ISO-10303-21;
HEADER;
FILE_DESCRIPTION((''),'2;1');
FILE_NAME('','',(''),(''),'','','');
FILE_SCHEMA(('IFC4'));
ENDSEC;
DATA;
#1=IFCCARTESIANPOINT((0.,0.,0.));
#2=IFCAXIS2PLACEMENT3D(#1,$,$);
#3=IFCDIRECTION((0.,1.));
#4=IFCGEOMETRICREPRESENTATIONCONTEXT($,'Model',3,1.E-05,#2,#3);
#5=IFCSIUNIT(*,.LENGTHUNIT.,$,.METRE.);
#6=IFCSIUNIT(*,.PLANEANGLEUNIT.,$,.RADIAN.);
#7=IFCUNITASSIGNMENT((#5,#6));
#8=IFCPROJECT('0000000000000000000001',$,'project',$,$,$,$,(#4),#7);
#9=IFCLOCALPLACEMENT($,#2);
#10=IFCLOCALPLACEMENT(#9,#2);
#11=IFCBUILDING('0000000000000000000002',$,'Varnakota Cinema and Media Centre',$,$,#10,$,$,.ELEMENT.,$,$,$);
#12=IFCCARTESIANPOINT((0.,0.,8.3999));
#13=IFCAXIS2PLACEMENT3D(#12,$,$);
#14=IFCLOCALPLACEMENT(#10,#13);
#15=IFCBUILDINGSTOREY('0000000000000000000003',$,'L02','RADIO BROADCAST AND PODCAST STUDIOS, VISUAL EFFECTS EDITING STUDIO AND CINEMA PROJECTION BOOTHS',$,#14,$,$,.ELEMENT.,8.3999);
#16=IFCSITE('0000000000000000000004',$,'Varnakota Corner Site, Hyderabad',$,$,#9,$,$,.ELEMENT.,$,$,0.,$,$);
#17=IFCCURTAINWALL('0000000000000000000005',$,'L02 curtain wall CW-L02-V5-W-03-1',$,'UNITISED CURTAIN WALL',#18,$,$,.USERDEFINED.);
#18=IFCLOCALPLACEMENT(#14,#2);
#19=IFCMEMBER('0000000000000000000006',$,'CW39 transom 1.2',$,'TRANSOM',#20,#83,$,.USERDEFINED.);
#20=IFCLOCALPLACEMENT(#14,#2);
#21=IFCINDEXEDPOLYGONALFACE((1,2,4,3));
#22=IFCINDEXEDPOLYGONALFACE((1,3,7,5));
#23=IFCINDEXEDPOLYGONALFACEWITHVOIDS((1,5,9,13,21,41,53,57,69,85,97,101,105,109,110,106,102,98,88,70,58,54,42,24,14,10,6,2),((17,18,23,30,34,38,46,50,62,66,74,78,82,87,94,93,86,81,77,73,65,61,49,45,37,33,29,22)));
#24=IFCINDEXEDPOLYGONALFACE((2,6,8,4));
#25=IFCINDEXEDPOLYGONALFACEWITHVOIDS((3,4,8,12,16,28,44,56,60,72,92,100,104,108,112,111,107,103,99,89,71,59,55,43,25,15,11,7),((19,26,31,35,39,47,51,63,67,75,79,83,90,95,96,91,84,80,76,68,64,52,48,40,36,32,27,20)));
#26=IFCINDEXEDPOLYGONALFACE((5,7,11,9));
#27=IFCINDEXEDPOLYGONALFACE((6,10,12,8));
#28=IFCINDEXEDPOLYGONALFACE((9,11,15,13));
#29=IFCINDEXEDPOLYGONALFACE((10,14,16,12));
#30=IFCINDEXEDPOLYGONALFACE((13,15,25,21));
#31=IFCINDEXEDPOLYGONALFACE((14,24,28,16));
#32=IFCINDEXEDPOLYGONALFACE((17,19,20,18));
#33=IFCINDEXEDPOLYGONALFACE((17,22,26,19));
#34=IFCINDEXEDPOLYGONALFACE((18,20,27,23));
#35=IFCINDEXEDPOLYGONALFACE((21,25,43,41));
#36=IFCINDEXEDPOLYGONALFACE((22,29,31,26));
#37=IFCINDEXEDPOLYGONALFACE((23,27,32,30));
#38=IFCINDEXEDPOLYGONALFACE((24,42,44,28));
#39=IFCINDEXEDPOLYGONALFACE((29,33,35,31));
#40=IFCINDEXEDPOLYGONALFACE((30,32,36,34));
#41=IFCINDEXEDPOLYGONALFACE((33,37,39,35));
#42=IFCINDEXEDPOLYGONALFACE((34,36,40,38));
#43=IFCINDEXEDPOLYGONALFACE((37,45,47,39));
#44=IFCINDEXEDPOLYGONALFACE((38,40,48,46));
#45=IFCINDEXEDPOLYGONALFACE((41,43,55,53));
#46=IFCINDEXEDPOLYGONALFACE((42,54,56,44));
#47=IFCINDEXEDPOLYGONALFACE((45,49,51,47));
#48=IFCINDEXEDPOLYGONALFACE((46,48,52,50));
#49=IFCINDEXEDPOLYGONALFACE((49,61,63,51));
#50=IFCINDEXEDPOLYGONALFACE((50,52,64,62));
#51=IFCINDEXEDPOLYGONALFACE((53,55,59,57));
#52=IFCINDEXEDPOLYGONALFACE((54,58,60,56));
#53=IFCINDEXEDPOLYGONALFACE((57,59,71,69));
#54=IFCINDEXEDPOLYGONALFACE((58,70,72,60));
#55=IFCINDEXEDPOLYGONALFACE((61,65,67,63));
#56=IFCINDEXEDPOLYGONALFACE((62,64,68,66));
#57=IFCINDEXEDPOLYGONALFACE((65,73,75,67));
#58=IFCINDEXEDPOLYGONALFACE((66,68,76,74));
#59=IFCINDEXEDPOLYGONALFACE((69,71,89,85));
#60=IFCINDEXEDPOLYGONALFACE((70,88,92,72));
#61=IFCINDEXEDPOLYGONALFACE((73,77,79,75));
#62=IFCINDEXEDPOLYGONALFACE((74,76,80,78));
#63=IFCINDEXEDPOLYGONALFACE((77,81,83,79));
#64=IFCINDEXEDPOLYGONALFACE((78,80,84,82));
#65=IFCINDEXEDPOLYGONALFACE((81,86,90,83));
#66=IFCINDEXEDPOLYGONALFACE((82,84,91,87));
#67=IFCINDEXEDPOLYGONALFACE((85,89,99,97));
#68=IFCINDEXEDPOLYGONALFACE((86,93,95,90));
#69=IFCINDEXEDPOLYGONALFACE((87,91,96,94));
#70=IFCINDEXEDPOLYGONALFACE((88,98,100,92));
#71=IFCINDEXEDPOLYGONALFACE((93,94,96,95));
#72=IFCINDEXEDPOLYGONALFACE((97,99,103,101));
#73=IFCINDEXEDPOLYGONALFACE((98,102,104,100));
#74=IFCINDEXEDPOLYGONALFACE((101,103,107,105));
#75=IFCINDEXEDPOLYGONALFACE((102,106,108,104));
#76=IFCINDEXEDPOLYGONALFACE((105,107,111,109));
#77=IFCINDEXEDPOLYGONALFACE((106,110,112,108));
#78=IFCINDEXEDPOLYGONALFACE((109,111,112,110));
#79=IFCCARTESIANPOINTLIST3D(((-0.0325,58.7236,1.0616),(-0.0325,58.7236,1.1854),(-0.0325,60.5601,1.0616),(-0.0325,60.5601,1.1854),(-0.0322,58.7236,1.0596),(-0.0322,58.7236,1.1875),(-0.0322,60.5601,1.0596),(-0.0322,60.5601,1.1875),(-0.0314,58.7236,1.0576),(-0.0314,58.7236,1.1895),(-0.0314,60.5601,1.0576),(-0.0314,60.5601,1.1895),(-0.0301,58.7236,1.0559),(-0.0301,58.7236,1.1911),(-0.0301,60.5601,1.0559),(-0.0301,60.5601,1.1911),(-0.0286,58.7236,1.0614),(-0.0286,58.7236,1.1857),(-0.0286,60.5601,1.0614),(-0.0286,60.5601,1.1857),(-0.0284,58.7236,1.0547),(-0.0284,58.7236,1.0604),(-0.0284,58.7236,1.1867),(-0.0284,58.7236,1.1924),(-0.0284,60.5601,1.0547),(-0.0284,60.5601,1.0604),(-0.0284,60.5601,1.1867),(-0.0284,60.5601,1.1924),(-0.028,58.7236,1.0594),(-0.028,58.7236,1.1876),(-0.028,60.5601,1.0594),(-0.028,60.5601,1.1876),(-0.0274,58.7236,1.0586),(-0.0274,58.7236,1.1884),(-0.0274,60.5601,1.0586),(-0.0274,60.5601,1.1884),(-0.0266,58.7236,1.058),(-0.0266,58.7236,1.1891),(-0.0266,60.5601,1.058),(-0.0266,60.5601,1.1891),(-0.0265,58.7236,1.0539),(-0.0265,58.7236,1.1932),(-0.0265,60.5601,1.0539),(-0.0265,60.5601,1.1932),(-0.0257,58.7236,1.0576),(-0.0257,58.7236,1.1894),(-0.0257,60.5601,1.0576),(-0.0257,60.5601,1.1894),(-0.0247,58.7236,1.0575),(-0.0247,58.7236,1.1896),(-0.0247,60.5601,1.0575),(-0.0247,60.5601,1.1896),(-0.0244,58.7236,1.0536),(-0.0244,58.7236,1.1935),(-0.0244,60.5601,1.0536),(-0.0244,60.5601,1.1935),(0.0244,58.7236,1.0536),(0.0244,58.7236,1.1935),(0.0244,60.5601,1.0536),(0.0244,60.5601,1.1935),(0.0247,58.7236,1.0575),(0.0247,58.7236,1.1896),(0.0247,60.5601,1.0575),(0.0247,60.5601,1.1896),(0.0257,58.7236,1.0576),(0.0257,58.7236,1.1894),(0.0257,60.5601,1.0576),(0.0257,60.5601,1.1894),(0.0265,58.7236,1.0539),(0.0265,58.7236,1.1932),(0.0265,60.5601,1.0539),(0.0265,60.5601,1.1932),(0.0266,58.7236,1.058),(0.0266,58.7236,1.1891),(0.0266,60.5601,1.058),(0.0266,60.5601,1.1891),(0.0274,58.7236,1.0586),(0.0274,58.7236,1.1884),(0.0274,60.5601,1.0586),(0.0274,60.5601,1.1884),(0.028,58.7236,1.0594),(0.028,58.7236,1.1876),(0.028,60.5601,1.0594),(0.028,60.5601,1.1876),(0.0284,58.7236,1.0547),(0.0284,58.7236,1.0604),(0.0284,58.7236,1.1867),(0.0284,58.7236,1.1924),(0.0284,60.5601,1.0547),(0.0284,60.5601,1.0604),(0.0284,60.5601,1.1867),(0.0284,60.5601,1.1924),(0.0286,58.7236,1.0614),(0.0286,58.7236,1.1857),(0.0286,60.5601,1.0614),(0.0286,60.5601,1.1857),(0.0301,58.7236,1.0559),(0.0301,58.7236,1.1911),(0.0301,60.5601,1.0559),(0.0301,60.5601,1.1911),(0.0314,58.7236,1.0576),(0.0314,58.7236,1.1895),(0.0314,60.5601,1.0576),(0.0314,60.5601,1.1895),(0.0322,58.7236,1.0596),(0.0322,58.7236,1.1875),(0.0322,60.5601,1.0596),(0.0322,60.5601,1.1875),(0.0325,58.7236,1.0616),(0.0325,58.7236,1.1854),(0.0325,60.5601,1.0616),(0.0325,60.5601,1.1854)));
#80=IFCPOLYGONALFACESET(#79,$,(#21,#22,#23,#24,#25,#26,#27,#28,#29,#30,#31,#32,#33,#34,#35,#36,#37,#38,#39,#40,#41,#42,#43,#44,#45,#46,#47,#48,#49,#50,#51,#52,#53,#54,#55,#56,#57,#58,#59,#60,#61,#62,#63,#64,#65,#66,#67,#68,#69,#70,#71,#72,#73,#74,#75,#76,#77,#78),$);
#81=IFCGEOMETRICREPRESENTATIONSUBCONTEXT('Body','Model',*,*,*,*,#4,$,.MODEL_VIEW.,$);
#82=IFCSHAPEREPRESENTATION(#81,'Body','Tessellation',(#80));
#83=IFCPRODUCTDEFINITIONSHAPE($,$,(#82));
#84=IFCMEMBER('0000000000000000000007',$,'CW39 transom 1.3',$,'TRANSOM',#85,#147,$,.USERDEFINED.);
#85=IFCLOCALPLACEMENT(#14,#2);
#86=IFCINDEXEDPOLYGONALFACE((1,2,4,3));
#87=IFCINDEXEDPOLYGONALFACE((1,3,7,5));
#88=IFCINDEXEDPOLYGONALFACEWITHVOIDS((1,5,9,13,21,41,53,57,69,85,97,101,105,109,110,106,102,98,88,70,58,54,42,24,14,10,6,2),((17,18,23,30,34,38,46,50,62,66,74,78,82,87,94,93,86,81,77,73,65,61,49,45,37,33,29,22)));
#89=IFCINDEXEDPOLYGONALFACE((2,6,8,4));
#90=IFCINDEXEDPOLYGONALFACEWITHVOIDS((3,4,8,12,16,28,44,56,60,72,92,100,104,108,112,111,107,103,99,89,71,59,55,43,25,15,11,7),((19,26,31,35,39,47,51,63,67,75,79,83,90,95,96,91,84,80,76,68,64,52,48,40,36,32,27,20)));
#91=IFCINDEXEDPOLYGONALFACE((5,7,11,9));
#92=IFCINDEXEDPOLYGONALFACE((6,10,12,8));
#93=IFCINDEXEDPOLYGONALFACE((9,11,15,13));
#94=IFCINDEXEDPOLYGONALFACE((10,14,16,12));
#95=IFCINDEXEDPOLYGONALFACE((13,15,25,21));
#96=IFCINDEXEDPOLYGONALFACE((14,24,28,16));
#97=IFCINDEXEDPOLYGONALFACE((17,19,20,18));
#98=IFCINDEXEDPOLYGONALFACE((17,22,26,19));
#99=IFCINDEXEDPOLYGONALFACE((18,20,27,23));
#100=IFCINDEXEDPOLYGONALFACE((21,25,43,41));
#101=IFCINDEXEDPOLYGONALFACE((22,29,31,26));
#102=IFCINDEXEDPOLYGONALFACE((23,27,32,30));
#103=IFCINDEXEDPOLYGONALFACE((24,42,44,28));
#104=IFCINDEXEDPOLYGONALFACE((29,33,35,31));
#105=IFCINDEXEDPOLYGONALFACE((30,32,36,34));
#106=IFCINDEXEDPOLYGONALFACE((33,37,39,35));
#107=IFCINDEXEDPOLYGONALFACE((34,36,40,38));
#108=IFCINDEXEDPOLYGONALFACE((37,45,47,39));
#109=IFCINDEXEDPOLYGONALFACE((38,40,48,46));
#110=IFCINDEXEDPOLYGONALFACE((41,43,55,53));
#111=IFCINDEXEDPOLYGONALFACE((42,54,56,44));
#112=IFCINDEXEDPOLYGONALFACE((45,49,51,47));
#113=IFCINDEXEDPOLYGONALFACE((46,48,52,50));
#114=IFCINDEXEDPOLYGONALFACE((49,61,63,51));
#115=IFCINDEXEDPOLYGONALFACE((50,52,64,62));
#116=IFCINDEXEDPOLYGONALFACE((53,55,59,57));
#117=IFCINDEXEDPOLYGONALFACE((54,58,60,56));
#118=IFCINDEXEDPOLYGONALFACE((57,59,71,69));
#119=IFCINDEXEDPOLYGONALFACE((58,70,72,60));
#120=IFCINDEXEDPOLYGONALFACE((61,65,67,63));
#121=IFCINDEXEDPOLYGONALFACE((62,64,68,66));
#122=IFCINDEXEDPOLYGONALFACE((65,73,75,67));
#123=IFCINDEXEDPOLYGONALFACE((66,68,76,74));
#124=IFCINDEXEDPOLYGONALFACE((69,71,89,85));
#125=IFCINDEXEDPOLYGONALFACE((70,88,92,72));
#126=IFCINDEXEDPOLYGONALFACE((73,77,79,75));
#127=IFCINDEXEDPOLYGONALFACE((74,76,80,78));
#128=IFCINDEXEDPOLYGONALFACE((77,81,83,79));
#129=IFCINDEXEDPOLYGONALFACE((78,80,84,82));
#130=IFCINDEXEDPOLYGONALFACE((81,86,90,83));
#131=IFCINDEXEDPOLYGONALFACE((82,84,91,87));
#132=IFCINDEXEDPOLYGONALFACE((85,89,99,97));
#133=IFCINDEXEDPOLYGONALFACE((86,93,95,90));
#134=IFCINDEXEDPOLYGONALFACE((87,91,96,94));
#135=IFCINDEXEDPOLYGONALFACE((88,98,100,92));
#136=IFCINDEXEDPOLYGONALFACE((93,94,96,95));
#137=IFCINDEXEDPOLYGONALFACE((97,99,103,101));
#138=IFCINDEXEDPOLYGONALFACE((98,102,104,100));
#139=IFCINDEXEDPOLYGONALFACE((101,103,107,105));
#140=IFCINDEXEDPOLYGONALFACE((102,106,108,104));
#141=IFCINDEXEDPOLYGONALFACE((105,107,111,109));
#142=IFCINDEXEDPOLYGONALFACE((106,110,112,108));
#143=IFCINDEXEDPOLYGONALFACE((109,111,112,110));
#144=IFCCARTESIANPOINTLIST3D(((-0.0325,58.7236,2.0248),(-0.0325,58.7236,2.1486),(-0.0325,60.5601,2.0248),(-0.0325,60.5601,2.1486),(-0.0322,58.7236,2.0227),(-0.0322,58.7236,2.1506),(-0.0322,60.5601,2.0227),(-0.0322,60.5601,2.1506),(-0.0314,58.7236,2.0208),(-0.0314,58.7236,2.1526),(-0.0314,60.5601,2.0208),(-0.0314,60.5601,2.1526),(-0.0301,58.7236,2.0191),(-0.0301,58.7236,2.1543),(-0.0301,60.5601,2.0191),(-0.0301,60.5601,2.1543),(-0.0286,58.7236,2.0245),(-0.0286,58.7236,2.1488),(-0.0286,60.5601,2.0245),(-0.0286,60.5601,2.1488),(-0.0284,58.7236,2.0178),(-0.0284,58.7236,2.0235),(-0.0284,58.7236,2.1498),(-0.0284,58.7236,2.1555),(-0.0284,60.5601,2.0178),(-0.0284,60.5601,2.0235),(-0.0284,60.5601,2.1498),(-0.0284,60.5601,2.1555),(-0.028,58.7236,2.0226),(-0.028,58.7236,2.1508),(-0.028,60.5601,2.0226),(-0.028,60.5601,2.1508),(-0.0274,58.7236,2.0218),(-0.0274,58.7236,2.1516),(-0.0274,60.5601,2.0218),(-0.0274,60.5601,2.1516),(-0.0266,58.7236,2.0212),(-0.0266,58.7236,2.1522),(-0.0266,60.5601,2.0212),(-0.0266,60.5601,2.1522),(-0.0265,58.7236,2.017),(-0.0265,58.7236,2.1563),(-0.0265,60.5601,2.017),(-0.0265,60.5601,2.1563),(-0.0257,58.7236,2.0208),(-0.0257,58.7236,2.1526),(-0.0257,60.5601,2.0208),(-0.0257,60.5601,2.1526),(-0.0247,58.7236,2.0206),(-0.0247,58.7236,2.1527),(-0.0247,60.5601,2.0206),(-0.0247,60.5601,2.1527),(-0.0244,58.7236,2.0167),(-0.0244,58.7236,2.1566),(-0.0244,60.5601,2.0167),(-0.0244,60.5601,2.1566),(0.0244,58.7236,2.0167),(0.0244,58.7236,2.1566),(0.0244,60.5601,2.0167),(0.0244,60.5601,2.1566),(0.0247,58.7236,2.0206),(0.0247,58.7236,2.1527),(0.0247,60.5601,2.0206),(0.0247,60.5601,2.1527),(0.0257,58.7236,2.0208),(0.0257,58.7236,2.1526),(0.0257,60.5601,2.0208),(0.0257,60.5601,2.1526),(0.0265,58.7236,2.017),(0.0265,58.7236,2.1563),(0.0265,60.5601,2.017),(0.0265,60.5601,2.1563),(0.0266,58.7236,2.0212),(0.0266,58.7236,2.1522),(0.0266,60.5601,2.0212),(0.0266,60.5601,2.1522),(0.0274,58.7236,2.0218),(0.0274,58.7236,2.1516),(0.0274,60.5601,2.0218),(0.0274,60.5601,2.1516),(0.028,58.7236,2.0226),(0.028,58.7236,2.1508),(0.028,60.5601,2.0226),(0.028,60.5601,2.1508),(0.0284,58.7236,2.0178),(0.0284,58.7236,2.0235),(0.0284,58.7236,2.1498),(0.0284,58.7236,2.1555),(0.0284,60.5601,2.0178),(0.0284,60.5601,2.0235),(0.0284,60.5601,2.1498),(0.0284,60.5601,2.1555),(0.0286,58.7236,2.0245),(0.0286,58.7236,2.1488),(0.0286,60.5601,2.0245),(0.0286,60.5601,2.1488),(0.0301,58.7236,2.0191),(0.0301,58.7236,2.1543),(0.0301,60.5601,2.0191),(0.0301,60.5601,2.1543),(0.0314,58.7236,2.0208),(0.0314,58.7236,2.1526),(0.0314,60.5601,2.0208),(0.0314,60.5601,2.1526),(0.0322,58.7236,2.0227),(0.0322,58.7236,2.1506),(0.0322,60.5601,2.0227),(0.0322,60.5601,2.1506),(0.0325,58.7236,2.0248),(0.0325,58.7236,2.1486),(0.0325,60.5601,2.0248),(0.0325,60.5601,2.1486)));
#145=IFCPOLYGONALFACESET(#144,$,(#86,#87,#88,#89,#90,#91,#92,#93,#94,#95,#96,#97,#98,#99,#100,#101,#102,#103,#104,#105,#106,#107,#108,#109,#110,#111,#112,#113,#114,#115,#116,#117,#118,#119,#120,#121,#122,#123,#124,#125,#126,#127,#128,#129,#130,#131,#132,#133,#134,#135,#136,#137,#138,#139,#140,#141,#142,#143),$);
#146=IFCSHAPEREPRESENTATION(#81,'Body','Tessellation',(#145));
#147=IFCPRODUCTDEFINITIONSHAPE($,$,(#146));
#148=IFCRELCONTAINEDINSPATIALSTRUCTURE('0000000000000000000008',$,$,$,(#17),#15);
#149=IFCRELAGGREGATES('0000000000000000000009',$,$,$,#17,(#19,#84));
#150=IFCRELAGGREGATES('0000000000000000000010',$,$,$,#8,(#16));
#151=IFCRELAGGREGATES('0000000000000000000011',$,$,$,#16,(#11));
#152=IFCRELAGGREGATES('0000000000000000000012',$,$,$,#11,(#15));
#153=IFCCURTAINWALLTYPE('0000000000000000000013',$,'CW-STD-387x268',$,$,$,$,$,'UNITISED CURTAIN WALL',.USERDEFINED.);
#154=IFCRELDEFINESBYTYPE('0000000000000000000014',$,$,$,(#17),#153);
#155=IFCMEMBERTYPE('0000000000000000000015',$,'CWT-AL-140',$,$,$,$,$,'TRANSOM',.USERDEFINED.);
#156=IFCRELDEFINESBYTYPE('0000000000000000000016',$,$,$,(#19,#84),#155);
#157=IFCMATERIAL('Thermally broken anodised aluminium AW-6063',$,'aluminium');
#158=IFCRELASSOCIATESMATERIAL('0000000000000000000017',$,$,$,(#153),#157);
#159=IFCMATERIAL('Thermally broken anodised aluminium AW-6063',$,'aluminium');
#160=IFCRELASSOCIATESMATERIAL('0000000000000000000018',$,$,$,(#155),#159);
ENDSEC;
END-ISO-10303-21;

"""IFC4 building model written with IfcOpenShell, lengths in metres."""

from ifc_helpers import new_model, si_unit, direction, frame, origin, origin_2d, place, context, subcontext, project, spatial, hollow_rectangle, extrude, material, material_profile, profile_set, type_object, element, aggregate, save


model = new_model("IFC4")

# Units and contexts
model_context = context("Model", 3, precision=1e-05, world=origin(), true_north=direction((0.0, 1.0)))
body_context = subcontext(model_context, "Body", "Model", "MODEL_VIEW")
ifc_project = project(units=[si_unit("LENGTHUNIT", "METRE"), si_unit("PLANEANGLEUNIT", "RADIAN")], contexts=[model_context])

# Site, building, storey
site_placement = place(None, origin())
site = spatial("IfcSite", under=ifc_project, at=site_placement, Name="Varnakota Corner Site, Hyderabad", CompositionType="ELEMENT", RefElevation=0.0)
building_placement = place(site_placement, origin())
building = spatial("IfcBuilding", under=site, at=building_placement, Name="Varnakota Cinema and Media Centre", CompositionType="ELEMENT")
storey_placement = place(building_placement, frame((0.0, 0.0, 8.3999)))
storey = spatial("IfcBuildingStorey", under=building, at=storey_placement, Name="L02", Description="RADIO BROADCAST AND PODCAST STUDIOS, VISUAL EFFECTS EDITING STUDIO AND CINEMA PROJECTION BOOTHS", CompositionType="ELEMENT", Elevation=8.3999)

# Shared definitions
ifc_material_1 = material(Name="Thermally broken anodised aluminium AW-6063", Category="aluminium")
curtain_wall_type = type_object("IfcCurtainWallType", Name="CW-STD-387x268", ElementType="UNITISED CURTAIN WALL", PredefinedType="USERDEFINED", material=ifc_material_1)

# Curtain wall
curtain_wall_1_placement = place(storey_placement, origin())
curtain_wall_1 = element("IfcCurtainWall", 1, at=curtain_wall_1_placement, inside=storey, type_object=curtain_wall_type, Name="L02 curtain wall CW-L02-V5-W-03-1", ObjectType="UNITISED CURTAIN WALL", PredefinedType="USERDEFINED")

# Members
ifc_material_2 = material(Name="Thermally broken anodised aluminium AW-6063", Category="aluminium")
ifc_material_profile_1 = material_profile(ifc_material_2, hollow_rectangle(XDim=0.0649, YDim=0.1399, WallThickness=0.0039, InnerFilletRadius=0.0039, OuterFilletRadius=0.0081, at=origin_2d()), Name="AL-TRANSOM 140x65x4")
ifc_profile_set_1 = profile_set([ifc_material_profile_1], Name="Thermally broken anodised aluminium AW-6063")
member_type_1 = type_object("IfcMemberType", Name="CWT-AL-140", ElementType="TRANSOM", PredefinedType="USERDEFINED", material=ifc_profile_set_1)
member_1_placement = place(storey_placement, frame((0.0, 60.5601, 1.1235), z_axis=(0.0, -1.0, 0.0), x_axis=(1.0, 0.0, 0.0)))
member_1 = element("IfcMember", 2, at=member_1_placement, type_object=member_type_1, Name="CW39 transom 1.2", ObjectType="TRANSOM", PredefinedType="USERDEFINED", context=body_context, shape_type="SweptSolid", body=[
    extrude(hollow_rectangle(XDim=0.0649, YDim=0.1399, WallThickness=0.0039, InnerFilletRadius=0.0039, OuterFilletRadius=0.0081, at=origin_2d()), origin(), (0.0, 0.0, 1.0), 1.8364),
])
member_2_placement = place(storey_placement, frame((0.0, 60.5601, 2.0867), z_axis=(0.0, -1.0, 0.0), x_axis=(1.0, 0.0, 0.0)))
member_2 = element("IfcMember", 3, at=member_2_placement, type_object=member_type_1, Name="CW39 transom 1.3", ObjectType="TRANSOM", PredefinedType="USERDEFINED", context=body_context, shape_type="SweptSolid", body=[
    extrude(hollow_rectangle(XDim=0.0649, YDim=0.1399, WallThickness=0.0039, InnerFilletRadius=0.0039, OuterFilletRadius=0.0081, at=origin_2d()), origin(), (0.0, 0.0, 1.0), 1.8364),
])

aggregate(curtain_wall_1, [member_1, member_2])

save(model, "model.ifc")
